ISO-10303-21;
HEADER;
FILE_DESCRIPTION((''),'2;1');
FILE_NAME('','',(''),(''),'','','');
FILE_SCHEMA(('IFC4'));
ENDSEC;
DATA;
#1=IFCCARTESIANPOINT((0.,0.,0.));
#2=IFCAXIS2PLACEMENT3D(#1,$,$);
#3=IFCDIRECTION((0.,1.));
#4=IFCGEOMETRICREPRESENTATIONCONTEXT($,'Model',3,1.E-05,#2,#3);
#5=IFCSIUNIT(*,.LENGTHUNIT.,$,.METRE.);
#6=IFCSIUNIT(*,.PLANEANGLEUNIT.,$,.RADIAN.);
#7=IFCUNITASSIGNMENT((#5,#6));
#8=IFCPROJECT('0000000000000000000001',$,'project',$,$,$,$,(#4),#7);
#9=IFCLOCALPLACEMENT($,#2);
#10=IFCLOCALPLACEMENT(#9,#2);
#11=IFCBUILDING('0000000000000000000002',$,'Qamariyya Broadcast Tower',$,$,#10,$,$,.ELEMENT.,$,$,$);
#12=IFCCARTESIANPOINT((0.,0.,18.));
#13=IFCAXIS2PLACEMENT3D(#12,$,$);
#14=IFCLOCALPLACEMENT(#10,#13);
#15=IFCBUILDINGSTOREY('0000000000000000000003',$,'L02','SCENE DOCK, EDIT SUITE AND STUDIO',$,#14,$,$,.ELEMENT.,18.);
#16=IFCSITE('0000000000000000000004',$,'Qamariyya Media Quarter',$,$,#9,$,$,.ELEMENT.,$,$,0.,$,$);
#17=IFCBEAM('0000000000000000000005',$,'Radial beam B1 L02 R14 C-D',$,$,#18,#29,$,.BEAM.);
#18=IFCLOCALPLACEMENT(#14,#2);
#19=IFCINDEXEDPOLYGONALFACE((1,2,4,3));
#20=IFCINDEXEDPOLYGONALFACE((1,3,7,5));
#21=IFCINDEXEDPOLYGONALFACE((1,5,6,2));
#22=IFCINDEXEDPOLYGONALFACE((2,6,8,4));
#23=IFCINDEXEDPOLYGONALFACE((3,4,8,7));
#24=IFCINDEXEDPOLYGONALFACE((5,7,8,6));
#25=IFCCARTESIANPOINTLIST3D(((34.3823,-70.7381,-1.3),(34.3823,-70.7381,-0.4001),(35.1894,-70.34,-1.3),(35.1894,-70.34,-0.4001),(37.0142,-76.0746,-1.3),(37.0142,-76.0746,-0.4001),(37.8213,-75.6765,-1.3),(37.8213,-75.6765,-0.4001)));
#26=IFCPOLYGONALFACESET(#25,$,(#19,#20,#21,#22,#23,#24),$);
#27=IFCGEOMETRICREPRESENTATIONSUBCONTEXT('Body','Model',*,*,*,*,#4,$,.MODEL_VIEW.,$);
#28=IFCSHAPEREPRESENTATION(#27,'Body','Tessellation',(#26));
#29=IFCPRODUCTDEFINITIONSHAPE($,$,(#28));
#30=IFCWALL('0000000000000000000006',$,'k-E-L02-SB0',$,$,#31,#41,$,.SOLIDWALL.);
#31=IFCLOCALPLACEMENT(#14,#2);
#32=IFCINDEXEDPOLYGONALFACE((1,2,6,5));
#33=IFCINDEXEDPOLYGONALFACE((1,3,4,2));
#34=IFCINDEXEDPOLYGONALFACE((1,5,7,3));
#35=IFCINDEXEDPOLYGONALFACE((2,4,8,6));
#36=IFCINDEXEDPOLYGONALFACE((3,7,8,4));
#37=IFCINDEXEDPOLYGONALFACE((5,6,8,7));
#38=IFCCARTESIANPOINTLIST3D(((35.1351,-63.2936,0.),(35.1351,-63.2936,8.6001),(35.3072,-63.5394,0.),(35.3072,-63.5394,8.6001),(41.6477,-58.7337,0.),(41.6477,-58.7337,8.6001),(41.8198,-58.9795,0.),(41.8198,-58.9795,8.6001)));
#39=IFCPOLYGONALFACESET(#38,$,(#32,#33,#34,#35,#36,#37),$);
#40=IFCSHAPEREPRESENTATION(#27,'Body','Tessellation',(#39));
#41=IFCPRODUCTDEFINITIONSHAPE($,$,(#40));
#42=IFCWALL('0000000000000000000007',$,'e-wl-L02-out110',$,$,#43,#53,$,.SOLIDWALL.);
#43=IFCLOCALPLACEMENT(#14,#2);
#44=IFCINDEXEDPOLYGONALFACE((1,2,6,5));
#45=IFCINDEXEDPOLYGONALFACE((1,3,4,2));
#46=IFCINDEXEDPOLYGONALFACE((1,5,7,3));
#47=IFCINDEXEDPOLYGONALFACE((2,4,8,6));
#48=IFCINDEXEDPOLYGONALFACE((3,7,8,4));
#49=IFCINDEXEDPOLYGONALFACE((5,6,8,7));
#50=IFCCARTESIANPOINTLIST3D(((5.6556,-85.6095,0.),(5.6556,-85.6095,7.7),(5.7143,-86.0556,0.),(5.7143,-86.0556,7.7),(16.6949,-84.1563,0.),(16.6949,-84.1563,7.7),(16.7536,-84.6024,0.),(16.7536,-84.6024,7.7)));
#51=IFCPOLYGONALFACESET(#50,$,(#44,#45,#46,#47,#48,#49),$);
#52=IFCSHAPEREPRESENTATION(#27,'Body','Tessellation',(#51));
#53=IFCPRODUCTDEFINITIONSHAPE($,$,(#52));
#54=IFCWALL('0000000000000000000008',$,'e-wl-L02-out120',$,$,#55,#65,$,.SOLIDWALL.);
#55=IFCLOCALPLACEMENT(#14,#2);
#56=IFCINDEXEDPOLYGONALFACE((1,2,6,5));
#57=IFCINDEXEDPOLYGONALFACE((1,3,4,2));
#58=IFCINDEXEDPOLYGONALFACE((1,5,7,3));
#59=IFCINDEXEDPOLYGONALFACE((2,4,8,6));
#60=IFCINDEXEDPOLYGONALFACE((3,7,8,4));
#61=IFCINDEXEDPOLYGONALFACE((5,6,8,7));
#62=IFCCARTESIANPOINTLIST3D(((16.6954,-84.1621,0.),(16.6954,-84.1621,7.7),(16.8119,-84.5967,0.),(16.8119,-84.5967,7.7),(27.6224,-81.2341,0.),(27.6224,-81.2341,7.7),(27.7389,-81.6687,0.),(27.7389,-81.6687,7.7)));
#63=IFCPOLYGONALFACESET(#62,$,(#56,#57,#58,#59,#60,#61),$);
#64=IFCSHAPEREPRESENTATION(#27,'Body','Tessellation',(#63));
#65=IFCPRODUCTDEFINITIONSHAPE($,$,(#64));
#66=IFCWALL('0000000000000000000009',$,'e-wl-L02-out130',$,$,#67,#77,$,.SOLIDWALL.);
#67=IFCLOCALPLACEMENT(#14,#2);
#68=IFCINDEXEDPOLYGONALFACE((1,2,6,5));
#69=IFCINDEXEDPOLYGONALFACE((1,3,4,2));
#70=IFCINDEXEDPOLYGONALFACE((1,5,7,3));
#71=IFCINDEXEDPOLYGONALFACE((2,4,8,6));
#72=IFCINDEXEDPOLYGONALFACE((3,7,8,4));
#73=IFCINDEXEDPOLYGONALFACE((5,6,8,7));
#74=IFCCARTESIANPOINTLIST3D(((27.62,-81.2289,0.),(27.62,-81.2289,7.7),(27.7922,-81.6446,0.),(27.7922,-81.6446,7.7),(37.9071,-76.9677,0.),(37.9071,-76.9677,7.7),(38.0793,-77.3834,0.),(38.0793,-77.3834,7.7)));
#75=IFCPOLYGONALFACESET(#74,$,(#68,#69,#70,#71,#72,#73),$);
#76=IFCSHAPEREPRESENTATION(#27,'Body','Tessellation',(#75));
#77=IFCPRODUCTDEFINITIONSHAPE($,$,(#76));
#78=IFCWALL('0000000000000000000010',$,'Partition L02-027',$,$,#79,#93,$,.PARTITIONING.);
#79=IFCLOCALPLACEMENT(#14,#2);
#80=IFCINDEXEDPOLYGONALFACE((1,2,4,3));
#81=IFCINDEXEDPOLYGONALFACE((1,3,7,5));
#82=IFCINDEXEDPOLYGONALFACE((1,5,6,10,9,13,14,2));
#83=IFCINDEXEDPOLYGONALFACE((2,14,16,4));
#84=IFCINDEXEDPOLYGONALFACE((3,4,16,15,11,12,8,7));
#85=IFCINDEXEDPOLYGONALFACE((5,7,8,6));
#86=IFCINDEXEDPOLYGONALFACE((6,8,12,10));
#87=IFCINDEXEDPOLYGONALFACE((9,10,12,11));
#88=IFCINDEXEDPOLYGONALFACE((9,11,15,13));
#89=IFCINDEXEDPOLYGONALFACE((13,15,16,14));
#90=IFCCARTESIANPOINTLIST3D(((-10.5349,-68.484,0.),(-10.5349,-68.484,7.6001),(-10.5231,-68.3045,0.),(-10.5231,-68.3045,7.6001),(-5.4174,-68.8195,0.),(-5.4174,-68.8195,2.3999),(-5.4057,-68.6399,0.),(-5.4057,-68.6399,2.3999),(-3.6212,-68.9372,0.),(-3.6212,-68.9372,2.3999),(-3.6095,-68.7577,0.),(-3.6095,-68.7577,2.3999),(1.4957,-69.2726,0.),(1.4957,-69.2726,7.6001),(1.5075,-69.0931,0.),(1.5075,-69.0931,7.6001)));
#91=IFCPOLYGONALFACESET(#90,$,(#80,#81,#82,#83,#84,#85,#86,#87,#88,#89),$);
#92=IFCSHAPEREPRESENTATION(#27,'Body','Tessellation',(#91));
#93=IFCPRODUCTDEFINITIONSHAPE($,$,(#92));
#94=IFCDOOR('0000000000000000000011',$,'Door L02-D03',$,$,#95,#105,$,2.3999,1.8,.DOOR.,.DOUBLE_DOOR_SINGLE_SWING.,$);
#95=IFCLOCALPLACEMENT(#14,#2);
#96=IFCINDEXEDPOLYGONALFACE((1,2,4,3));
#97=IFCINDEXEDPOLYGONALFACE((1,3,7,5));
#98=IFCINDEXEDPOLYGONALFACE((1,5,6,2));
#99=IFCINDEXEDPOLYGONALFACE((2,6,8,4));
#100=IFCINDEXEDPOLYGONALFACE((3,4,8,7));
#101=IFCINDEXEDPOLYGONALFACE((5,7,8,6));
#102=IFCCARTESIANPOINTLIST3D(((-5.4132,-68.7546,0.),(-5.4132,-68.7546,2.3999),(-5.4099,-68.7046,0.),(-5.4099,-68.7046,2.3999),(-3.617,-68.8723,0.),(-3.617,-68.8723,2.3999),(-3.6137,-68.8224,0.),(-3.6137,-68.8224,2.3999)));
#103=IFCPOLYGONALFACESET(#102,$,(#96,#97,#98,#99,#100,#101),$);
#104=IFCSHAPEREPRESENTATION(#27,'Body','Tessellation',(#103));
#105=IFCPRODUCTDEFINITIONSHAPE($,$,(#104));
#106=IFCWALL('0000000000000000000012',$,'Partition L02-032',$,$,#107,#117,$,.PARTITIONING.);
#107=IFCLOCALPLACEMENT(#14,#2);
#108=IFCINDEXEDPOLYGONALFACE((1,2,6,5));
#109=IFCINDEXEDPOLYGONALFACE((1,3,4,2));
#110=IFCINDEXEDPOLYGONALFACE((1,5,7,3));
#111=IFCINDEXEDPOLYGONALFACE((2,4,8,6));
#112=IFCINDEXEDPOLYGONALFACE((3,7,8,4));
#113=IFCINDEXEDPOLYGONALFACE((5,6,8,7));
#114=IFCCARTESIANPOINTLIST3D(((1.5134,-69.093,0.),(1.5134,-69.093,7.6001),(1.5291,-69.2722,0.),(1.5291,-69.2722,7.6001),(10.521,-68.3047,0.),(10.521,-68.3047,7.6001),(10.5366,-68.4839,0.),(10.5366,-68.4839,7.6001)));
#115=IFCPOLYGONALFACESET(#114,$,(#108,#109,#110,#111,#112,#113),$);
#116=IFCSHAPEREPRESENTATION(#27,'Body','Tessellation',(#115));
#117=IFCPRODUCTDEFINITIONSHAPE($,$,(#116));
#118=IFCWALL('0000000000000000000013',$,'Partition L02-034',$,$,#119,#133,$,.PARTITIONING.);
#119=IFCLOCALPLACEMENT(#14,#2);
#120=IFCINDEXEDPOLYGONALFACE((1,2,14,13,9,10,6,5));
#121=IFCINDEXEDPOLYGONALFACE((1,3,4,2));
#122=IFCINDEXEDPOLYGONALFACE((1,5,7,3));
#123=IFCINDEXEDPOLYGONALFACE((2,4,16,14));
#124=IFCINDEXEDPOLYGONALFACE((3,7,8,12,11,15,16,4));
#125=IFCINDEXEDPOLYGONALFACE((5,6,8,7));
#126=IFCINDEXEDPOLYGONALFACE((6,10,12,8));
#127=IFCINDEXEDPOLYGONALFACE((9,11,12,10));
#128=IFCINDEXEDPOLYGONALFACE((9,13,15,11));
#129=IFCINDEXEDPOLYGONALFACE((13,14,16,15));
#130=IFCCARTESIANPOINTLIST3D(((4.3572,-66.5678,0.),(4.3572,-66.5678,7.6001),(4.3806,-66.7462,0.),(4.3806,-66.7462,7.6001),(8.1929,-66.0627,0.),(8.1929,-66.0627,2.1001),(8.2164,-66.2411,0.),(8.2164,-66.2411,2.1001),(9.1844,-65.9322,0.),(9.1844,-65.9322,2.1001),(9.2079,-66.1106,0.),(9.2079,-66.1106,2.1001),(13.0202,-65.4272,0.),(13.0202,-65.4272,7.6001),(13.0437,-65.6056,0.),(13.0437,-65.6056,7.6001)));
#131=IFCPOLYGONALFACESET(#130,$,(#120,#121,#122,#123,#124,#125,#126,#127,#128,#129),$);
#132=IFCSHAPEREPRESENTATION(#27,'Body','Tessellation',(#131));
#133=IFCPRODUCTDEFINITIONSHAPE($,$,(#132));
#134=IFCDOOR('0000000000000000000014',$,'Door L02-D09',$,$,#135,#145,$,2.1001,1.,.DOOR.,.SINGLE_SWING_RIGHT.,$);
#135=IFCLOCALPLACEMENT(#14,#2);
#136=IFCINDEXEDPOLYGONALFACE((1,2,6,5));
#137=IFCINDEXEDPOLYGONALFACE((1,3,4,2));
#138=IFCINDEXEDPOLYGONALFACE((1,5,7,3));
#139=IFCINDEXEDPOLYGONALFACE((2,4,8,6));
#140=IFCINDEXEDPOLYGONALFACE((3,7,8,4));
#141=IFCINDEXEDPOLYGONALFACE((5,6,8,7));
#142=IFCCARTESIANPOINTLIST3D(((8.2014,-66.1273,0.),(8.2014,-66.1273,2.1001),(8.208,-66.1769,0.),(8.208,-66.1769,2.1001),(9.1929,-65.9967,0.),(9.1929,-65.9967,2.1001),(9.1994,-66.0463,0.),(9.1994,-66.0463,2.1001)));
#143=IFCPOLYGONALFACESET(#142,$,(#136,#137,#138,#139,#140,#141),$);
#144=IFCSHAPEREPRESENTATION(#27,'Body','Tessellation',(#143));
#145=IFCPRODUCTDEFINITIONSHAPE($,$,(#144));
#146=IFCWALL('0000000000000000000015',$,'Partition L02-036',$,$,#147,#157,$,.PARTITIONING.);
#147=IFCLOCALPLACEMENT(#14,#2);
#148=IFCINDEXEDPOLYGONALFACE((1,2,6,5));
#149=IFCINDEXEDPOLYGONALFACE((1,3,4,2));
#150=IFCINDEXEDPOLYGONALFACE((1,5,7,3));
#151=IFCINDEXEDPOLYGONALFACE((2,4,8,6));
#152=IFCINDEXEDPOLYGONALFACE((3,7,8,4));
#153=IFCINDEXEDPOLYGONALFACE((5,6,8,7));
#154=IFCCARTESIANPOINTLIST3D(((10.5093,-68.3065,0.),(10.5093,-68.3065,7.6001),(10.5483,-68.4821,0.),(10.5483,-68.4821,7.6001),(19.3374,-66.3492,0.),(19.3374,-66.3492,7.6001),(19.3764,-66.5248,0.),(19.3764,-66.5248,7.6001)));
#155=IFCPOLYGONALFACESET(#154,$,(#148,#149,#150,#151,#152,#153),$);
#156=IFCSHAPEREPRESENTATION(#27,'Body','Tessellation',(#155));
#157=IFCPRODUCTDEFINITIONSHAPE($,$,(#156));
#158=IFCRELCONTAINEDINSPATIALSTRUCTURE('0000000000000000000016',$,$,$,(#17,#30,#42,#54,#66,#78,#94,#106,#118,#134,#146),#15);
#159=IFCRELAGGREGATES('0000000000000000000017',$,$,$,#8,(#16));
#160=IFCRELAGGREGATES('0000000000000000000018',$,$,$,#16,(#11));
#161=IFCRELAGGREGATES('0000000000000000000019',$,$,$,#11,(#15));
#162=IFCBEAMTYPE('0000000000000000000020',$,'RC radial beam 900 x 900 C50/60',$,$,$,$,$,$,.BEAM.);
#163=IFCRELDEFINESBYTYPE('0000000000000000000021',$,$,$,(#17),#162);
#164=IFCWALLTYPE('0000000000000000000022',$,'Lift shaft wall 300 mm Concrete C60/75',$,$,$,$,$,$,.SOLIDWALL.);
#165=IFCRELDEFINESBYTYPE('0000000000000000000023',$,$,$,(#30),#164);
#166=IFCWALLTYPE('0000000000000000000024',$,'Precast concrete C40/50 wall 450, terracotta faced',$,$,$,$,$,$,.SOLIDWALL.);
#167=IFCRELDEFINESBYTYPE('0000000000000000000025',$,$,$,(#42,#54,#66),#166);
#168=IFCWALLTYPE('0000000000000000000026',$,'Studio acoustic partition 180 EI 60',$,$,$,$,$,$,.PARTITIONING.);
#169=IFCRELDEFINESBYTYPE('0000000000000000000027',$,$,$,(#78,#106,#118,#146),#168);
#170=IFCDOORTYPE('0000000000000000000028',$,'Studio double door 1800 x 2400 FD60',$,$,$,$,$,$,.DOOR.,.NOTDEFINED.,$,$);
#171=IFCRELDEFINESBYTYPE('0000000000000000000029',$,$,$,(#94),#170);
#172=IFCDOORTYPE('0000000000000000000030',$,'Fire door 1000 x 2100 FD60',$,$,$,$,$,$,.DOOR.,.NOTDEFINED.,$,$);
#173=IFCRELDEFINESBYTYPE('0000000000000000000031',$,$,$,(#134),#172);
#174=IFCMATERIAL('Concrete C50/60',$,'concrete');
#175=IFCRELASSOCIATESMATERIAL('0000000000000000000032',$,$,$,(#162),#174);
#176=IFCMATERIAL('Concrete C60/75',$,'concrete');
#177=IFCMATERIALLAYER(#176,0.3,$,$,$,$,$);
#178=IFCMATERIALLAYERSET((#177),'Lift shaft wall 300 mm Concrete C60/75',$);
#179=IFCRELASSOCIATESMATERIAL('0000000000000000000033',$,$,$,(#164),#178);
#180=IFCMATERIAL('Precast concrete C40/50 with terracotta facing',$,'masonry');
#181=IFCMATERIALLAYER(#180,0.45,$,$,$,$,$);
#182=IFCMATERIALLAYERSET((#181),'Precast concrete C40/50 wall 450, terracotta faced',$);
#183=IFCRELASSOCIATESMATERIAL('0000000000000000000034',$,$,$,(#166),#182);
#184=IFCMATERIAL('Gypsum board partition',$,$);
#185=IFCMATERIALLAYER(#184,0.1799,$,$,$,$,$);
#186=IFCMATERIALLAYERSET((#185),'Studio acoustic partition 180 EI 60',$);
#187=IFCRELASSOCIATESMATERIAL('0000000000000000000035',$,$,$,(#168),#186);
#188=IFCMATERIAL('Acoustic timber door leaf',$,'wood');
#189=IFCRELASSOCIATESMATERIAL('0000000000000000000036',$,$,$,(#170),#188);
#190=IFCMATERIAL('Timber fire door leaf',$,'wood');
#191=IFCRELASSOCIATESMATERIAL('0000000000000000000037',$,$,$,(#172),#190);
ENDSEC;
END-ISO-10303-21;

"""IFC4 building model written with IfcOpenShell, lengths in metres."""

from ifc_helpers import new_model, si_unit, direction, frame, frame_2d, origin, origin_2d, place, context, subcontext, project, spatial, rectangle, extrude, material, layer, layer_set, material_profile, profile_set, type_object, element, fill, save


model = new_model("IFC4")

# Units and contexts
model_context = context("Model", 3, precision=1e-05, world=origin(), true_north=direction((0.0, 1.0)))
body_context = subcontext(model_context, "Body", "Model", "MODEL_VIEW")
ifc_project = project(units=[si_unit("LENGTHUNIT", "METRE"), si_unit("PLANEANGLEUNIT", "RADIAN")], contexts=[model_context])

# Site, building, storey
site_placement = place(None, origin())
site = spatial("IfcSite", under=ifc_project, at=site_placement, Name="Qamariyya Media Quarter", CompositionType="ELEMENT", RefElevation=0.0)
building_placement = place(site_placement, origin())
building = spatial("IfcBuilding", under=site, at=building_placement, Name="Qamariyya Broadcast Tower", CompositionType="ELEMENT")
storey_placement = place(building_placement, frame((0.0, 0.0, 18.0)))
storey = spatial("IfcBuildingStorey", under=building, at=storey_placement, Name="L02", Description="SCENE DOCK, EDIT SUITE AND STUDIO", CompositionType="ELEMENT", Elevation=18.0)

# Beam
ifc_material_1 = material(Name="Concrete C50/60", Category="concrete")
ifc_material_profile_1 = material_profile(ifc_material_1, rectangle(XDim=0.8999, YDim=0.8999, at=origin_2d()))
ifc_profile_set_1 = profile_set([ifc_material_profile_1], Name="Concrete C50/60")
beam_type_1 = type_object("IfcBeamType", Name="RC radial beam 900 x 900 C50/60", PredefinedType="BEAM", material=ifc_profile_set_1)
beam_1_placement = place(storey_placement, frame((34.7859, -70.5391, -0.8501), z_axis=(0.442316, -0.896859, 0.0), x_axis=(0.896859, 0.442316, 0.0)))
element("IfcBeam", 1, at=beam_1_placement, inside=storey, type_object=beam_type_1, Name="Radial beam B1 L02 R14 C-D", PredefinedType="BEAM", context=body_context, shape_type="SweptSolid", body=[
    extrude(rectangle(XDim=0.8999, YDim=0.8999, at=origin_2d()), origin(), (0.0, 0.0, 1.0), 5.9502),
])

# Walls
ifc_material_2 = material(Name="Concrete C60/75", Category="concrete")
ifc_layer_1 = layer(ifc_material_2, 0.3)
ifc_layer_set_1 = layer_set([ifc_layer_1], Name="Lift shaft wall 300 mm Concrete C60/75")
wall_type_1 = type_object("IfcWallType", Name="Lift shaft wall 300 mm Concrete C60/75", PredefinedType="SOLIDWALL", material=ifc_layer_set_1)
wall_1_placement = place(storey_placement, frame((35.2212, -63.4165, 0.0), z_axis=(0.0, 0.0, 1.0), x_axis=(0.819167, 0.573555, 0.0)))
element("IfcWall", 2, at=wall_1_placement, inside=storey, type_object=wall_type_1, Name="k-E-L02-SB0", PredefinedType="SOLIDWALL", context=body_context, shape_type="SweptSolid", body=[
    extrude(rectangle(XDim=7.9502, YDim=0.3, at=frame_2d((3.9751, 0.0))), origin(), (0.0, 0.0, 1.0), 8.6001),
])
ifc_material_3 = material(Name="Precast concrete C40/50 with terracotta facing", Category="masonry")
ifc_layer_2 = layer(ifc_material_3, 0.45)
ifc_layer_set_2 = layer_set([ifc_layer_2], Name="Precast concrete C40/50 wall 450, terracotta faced")
wall_type_2 = type_object("IfcWallType", Name="Precast concrete C40/50 wall 450, terracotta faced", PredefinedType="SOLIDWALL", material=ifc_layer_set_2)
wall_2_placement = place(storey_placement, frame((5.6848, -85.8325, 0.0), z_axis=(0.0, 0.0, 1.0), x_axis=(0.991448, 0.130506, 0.0)))
element("IfcWall", 3, at=wall_2_placement, inside=storey, type_object=wall_type_2, Name="e-wl-L02-out110", PredefinedType="SOLIDWALL", context=body_context, shape_type="SweptSolid", body=[
    extrude(rectangle(XDim=11.1345, YDim=0.45, at=frame_2d((5.5674, 0.0))), origin(), (0.0, 0.0, 1.0), 7.7),
])
wall_3_placement = place(storey_placement, frame((16.7537, -84.3794, 0.0), z_axis=(0.0, 0.0, 1.0), x_axis=(0.965924, 0.258827, 0.0)))
element("IfcWall", 4, at=wall_3_placement, inside=storey, type_object=wall_type_2, Name="e-wl-L02-out120", PredefinedType="SOLIDWALL", context=body_context, shape_type="SweptSolid", body=[
    extrude(rectangle(XDim=11.3125, YDim=0.45, at=frame_2d((5.6562, 0.0))), origin(), (0.0, 0.0, 1.0), 7.7),
])
wall_4_placement = place(storey_placement, frame((27.7061, -81.4368, 0.0), z_axis=(0.0, 0.0, 1.0), x_axis=(0.923874, 0.382696, 0.0)))
element("IfcWall", 5, at=wall_4_placement, inside=storey, type_object=wall_type_2, Name="e-wl-L02-out130", PredefinedType="SOLIDWALL", context=body_context, shape_type="SweptSolid", body=[
    extrude(rectangle(XDim=11.1348, YDim=0.45, at=frame_2d((5.5674, 0.0))), origin(), (0.0, 0.0, 1.0), 7.7),
])

# Wall, opening, door
ifc_material_4 = material(Name="Gypsum board partition")
ifc_layer_3 = layer(ifc_material_4, 0.1799)
ifc_layer_set_3 = layer_set([ifc_layer_3], Name="Studio acoustic partition 180 EI 60")
wall_type_3 = type_object("IfcWallType", Name="Studio acoustic partition 180 EI 60", PredefinedType="PARTITIONING", material=ifc_layer_set_3)
wall_5_placement = place(storey_placement, frame((1.5017, -69.1829, 0.0), z_axis=(0.0, 0.0, 1.0), x_axis=(-0.997859, 0.065407, 0.0)))
wall_5 = element("IfcWall", 6, at=wall_5_placement, inside=storey, type_object=wall_type_3, Name="Partition L02-027", PredefinedType="PARTITIONING", context=body_context, shape_type="SweptSolid", body=[
    extrude(rectangle(XDim=12.0564, YDim=0.1799, at=frame_2d((6.0283, 0.0))), origin(), (0.0, 0.0, 1.0), 7.6001),
])
opening_1_placement = place(wall_5_placement, frame((5.1282, 0.0, 0.0)))
opening_1 = element("IfcOpeningElement", 7, at=opening_1_placement, cuts=wall_5, PredefinedType="OPENING", context=body_context, shape_type="SweptSolid", body=[
    extrude(rectangle(XDim=1.8, YDim=2.3999, at=frame_2d((0.8999, 1.2))), frame((0.0, 0.0999, 0.0), z_axis=(0.0, -1.0, 0.0), x_axis=(1.0, 0.0, 0.0)), (0.0, 0.0, 1.0), 0.2),
])
ifc_material_5 = material(Name="Acoustic timber door leaf", Category="wood")
door_type_1 = type_object("IfcDoorType", Name="Studio double door 1800 x 2400 FD60", OperationType="NOTDEFINED", PredefinedType="DOOR", material=ifc_material_5)
door_1_placement = place(opening_1_placement, origin())
door_1 = element("IfcDoor", 8, at=door_1_placement, inside=storey, type_object=door_type_1, Name="Door L02-D03", OperationType="DOUBLE_DOOR_SINGLE_SWING", OverallHeight=2.3999, OverallWidth=1.8, PredefinedType="DOOR", context=body_context, shape_type="SweptSolid", body=[
    extrude(rectangle(XDim=1.8, YDim=2.3999, at=frame_2d((0.8999, 1.2))), frame((0.0, 0.0249, 0.0), z_axis=(0.0, -1.0, 0.0), x_axis=(1.0, 0.0, 0.0)), (0.0, 0.0, 1.0), 0.05),
])
fill(opening_1, door_1)

# Wall
wall_6_placement = place(storey_placement, frame((1.5212, -69.1826, 0.0), z_axis=(0.0, 0.0, 1.0), x_axis=(0.996192, 0.087185, 0.0)))
element("IfcWall", 9, at=wall_6_placement, inside=storey, type_object=wall_type_3, Name="Partition L02-032", PredefinedType="PARTITIONING", context=body_context, shape_type="SweptSolid", body=[
    extrude(rectangle(XDim=9.042, YDim=0.1799, at=frame_2d((4.521, 0.0))), origin(), (0.0, 0.0, 1.0), 7.6001),
])

# Wall, opening, door
wall_7_placement = place(storey_placement, frame((4.3689, -66.657, 0.0), z_axis=(0.0, 0.0, 1.0), x_axis=(0.991443, 0.130538, 0.0)))
wall_7 = element("IfcWall", 10, at=wall_7_placement, inside=storey, type_object=wall_type_3, Name="Partition L02-034", PredefinedType="PARTITIONING", context=body_context, shape_type="SweptSolid", body=[
    extrude(rectangle(XDim=8.7378, YDim=0.1799, at=frame_2d((4.3689, 0.0))), origin(), (0.0, 0.0, 1.0), 7.6001),
])
opening_2_placement = place(wall_7_placement, frame((3.8689, 0.0, 0.0)))
opening_2 = element("IfcOpeningElement", 11, at=opening_2_placement, cuts=wall_7, PredefinedType="OPENING", context=body_context, shape_type="SweptSolid", body=[
    extrude(rectangle(XDim=1.0, YDim=2.1001, at=frame_2d((0.5, 1.05))), frame((0.0, 0.0999, 0.0), z_axis=(0.0, -1.0, 0.0), x_axis=(1.0, 0.0, 0.0)), (0.0, 0.0, 1.0), 0.2),
])
ifc_material_6 = material(Name="Timber fire door leaf", Category="wood")
door_type_2 = type_object("IfcDoorType", Name="Fire door 1000 x 2100 FD60", OperationType="NOTDEFINED", PredefinedType="DOOR", material=ifc_material_6)
door_2_placement = place(opening_2_placement, origin())
door_2 = element("IfcDoor", 12, at=door_2_placement, inside=storey, type_object=door_type_2, Name="Door L02-D09", OperationType="SINGLE_SWING_RIGHT", OverallHeight=2.1001, OverallWidth=1.0, PredefinedType="DOOR", context=body_context, shape_type="SweptSolid", body=[
    extrude(rectangle(XDim=1.0, YDim=2.1001, at=frame_2d((0.5, 1.05))), frame((0.0, 0.0249, 0.0), z_axis=(0.0, -1.0, 0.0), x_axis=(1.0, 0.0, 0.0)), (0.0, 0.0, 1.0), 0.05),
])
fill(opening_2, door_2)

# Wall
wall_8_placement = place(storey_placement, frame((10.5288, -68.3943, 0.0), z_axis=(0.0, 0.0, 1.0), x_axis=(0.976293, 0.216453, 0.0)))
element("IfcWall", 13, at=wall_8_placement, inside=storey, type_object=wall_type_3, Name="Partition L02-036", PredefinedType="PARTITIONING", context=body_context, shape_type="SweptSolid", body=[
    extrude(rectangle(XDim=9.0425, YDim=0.1799, at=frame_2d((4.5212, 0.0))), origin(), (0.0, 0.0, 1.0), 7.6001),
])

save(model, "model.ifc")
